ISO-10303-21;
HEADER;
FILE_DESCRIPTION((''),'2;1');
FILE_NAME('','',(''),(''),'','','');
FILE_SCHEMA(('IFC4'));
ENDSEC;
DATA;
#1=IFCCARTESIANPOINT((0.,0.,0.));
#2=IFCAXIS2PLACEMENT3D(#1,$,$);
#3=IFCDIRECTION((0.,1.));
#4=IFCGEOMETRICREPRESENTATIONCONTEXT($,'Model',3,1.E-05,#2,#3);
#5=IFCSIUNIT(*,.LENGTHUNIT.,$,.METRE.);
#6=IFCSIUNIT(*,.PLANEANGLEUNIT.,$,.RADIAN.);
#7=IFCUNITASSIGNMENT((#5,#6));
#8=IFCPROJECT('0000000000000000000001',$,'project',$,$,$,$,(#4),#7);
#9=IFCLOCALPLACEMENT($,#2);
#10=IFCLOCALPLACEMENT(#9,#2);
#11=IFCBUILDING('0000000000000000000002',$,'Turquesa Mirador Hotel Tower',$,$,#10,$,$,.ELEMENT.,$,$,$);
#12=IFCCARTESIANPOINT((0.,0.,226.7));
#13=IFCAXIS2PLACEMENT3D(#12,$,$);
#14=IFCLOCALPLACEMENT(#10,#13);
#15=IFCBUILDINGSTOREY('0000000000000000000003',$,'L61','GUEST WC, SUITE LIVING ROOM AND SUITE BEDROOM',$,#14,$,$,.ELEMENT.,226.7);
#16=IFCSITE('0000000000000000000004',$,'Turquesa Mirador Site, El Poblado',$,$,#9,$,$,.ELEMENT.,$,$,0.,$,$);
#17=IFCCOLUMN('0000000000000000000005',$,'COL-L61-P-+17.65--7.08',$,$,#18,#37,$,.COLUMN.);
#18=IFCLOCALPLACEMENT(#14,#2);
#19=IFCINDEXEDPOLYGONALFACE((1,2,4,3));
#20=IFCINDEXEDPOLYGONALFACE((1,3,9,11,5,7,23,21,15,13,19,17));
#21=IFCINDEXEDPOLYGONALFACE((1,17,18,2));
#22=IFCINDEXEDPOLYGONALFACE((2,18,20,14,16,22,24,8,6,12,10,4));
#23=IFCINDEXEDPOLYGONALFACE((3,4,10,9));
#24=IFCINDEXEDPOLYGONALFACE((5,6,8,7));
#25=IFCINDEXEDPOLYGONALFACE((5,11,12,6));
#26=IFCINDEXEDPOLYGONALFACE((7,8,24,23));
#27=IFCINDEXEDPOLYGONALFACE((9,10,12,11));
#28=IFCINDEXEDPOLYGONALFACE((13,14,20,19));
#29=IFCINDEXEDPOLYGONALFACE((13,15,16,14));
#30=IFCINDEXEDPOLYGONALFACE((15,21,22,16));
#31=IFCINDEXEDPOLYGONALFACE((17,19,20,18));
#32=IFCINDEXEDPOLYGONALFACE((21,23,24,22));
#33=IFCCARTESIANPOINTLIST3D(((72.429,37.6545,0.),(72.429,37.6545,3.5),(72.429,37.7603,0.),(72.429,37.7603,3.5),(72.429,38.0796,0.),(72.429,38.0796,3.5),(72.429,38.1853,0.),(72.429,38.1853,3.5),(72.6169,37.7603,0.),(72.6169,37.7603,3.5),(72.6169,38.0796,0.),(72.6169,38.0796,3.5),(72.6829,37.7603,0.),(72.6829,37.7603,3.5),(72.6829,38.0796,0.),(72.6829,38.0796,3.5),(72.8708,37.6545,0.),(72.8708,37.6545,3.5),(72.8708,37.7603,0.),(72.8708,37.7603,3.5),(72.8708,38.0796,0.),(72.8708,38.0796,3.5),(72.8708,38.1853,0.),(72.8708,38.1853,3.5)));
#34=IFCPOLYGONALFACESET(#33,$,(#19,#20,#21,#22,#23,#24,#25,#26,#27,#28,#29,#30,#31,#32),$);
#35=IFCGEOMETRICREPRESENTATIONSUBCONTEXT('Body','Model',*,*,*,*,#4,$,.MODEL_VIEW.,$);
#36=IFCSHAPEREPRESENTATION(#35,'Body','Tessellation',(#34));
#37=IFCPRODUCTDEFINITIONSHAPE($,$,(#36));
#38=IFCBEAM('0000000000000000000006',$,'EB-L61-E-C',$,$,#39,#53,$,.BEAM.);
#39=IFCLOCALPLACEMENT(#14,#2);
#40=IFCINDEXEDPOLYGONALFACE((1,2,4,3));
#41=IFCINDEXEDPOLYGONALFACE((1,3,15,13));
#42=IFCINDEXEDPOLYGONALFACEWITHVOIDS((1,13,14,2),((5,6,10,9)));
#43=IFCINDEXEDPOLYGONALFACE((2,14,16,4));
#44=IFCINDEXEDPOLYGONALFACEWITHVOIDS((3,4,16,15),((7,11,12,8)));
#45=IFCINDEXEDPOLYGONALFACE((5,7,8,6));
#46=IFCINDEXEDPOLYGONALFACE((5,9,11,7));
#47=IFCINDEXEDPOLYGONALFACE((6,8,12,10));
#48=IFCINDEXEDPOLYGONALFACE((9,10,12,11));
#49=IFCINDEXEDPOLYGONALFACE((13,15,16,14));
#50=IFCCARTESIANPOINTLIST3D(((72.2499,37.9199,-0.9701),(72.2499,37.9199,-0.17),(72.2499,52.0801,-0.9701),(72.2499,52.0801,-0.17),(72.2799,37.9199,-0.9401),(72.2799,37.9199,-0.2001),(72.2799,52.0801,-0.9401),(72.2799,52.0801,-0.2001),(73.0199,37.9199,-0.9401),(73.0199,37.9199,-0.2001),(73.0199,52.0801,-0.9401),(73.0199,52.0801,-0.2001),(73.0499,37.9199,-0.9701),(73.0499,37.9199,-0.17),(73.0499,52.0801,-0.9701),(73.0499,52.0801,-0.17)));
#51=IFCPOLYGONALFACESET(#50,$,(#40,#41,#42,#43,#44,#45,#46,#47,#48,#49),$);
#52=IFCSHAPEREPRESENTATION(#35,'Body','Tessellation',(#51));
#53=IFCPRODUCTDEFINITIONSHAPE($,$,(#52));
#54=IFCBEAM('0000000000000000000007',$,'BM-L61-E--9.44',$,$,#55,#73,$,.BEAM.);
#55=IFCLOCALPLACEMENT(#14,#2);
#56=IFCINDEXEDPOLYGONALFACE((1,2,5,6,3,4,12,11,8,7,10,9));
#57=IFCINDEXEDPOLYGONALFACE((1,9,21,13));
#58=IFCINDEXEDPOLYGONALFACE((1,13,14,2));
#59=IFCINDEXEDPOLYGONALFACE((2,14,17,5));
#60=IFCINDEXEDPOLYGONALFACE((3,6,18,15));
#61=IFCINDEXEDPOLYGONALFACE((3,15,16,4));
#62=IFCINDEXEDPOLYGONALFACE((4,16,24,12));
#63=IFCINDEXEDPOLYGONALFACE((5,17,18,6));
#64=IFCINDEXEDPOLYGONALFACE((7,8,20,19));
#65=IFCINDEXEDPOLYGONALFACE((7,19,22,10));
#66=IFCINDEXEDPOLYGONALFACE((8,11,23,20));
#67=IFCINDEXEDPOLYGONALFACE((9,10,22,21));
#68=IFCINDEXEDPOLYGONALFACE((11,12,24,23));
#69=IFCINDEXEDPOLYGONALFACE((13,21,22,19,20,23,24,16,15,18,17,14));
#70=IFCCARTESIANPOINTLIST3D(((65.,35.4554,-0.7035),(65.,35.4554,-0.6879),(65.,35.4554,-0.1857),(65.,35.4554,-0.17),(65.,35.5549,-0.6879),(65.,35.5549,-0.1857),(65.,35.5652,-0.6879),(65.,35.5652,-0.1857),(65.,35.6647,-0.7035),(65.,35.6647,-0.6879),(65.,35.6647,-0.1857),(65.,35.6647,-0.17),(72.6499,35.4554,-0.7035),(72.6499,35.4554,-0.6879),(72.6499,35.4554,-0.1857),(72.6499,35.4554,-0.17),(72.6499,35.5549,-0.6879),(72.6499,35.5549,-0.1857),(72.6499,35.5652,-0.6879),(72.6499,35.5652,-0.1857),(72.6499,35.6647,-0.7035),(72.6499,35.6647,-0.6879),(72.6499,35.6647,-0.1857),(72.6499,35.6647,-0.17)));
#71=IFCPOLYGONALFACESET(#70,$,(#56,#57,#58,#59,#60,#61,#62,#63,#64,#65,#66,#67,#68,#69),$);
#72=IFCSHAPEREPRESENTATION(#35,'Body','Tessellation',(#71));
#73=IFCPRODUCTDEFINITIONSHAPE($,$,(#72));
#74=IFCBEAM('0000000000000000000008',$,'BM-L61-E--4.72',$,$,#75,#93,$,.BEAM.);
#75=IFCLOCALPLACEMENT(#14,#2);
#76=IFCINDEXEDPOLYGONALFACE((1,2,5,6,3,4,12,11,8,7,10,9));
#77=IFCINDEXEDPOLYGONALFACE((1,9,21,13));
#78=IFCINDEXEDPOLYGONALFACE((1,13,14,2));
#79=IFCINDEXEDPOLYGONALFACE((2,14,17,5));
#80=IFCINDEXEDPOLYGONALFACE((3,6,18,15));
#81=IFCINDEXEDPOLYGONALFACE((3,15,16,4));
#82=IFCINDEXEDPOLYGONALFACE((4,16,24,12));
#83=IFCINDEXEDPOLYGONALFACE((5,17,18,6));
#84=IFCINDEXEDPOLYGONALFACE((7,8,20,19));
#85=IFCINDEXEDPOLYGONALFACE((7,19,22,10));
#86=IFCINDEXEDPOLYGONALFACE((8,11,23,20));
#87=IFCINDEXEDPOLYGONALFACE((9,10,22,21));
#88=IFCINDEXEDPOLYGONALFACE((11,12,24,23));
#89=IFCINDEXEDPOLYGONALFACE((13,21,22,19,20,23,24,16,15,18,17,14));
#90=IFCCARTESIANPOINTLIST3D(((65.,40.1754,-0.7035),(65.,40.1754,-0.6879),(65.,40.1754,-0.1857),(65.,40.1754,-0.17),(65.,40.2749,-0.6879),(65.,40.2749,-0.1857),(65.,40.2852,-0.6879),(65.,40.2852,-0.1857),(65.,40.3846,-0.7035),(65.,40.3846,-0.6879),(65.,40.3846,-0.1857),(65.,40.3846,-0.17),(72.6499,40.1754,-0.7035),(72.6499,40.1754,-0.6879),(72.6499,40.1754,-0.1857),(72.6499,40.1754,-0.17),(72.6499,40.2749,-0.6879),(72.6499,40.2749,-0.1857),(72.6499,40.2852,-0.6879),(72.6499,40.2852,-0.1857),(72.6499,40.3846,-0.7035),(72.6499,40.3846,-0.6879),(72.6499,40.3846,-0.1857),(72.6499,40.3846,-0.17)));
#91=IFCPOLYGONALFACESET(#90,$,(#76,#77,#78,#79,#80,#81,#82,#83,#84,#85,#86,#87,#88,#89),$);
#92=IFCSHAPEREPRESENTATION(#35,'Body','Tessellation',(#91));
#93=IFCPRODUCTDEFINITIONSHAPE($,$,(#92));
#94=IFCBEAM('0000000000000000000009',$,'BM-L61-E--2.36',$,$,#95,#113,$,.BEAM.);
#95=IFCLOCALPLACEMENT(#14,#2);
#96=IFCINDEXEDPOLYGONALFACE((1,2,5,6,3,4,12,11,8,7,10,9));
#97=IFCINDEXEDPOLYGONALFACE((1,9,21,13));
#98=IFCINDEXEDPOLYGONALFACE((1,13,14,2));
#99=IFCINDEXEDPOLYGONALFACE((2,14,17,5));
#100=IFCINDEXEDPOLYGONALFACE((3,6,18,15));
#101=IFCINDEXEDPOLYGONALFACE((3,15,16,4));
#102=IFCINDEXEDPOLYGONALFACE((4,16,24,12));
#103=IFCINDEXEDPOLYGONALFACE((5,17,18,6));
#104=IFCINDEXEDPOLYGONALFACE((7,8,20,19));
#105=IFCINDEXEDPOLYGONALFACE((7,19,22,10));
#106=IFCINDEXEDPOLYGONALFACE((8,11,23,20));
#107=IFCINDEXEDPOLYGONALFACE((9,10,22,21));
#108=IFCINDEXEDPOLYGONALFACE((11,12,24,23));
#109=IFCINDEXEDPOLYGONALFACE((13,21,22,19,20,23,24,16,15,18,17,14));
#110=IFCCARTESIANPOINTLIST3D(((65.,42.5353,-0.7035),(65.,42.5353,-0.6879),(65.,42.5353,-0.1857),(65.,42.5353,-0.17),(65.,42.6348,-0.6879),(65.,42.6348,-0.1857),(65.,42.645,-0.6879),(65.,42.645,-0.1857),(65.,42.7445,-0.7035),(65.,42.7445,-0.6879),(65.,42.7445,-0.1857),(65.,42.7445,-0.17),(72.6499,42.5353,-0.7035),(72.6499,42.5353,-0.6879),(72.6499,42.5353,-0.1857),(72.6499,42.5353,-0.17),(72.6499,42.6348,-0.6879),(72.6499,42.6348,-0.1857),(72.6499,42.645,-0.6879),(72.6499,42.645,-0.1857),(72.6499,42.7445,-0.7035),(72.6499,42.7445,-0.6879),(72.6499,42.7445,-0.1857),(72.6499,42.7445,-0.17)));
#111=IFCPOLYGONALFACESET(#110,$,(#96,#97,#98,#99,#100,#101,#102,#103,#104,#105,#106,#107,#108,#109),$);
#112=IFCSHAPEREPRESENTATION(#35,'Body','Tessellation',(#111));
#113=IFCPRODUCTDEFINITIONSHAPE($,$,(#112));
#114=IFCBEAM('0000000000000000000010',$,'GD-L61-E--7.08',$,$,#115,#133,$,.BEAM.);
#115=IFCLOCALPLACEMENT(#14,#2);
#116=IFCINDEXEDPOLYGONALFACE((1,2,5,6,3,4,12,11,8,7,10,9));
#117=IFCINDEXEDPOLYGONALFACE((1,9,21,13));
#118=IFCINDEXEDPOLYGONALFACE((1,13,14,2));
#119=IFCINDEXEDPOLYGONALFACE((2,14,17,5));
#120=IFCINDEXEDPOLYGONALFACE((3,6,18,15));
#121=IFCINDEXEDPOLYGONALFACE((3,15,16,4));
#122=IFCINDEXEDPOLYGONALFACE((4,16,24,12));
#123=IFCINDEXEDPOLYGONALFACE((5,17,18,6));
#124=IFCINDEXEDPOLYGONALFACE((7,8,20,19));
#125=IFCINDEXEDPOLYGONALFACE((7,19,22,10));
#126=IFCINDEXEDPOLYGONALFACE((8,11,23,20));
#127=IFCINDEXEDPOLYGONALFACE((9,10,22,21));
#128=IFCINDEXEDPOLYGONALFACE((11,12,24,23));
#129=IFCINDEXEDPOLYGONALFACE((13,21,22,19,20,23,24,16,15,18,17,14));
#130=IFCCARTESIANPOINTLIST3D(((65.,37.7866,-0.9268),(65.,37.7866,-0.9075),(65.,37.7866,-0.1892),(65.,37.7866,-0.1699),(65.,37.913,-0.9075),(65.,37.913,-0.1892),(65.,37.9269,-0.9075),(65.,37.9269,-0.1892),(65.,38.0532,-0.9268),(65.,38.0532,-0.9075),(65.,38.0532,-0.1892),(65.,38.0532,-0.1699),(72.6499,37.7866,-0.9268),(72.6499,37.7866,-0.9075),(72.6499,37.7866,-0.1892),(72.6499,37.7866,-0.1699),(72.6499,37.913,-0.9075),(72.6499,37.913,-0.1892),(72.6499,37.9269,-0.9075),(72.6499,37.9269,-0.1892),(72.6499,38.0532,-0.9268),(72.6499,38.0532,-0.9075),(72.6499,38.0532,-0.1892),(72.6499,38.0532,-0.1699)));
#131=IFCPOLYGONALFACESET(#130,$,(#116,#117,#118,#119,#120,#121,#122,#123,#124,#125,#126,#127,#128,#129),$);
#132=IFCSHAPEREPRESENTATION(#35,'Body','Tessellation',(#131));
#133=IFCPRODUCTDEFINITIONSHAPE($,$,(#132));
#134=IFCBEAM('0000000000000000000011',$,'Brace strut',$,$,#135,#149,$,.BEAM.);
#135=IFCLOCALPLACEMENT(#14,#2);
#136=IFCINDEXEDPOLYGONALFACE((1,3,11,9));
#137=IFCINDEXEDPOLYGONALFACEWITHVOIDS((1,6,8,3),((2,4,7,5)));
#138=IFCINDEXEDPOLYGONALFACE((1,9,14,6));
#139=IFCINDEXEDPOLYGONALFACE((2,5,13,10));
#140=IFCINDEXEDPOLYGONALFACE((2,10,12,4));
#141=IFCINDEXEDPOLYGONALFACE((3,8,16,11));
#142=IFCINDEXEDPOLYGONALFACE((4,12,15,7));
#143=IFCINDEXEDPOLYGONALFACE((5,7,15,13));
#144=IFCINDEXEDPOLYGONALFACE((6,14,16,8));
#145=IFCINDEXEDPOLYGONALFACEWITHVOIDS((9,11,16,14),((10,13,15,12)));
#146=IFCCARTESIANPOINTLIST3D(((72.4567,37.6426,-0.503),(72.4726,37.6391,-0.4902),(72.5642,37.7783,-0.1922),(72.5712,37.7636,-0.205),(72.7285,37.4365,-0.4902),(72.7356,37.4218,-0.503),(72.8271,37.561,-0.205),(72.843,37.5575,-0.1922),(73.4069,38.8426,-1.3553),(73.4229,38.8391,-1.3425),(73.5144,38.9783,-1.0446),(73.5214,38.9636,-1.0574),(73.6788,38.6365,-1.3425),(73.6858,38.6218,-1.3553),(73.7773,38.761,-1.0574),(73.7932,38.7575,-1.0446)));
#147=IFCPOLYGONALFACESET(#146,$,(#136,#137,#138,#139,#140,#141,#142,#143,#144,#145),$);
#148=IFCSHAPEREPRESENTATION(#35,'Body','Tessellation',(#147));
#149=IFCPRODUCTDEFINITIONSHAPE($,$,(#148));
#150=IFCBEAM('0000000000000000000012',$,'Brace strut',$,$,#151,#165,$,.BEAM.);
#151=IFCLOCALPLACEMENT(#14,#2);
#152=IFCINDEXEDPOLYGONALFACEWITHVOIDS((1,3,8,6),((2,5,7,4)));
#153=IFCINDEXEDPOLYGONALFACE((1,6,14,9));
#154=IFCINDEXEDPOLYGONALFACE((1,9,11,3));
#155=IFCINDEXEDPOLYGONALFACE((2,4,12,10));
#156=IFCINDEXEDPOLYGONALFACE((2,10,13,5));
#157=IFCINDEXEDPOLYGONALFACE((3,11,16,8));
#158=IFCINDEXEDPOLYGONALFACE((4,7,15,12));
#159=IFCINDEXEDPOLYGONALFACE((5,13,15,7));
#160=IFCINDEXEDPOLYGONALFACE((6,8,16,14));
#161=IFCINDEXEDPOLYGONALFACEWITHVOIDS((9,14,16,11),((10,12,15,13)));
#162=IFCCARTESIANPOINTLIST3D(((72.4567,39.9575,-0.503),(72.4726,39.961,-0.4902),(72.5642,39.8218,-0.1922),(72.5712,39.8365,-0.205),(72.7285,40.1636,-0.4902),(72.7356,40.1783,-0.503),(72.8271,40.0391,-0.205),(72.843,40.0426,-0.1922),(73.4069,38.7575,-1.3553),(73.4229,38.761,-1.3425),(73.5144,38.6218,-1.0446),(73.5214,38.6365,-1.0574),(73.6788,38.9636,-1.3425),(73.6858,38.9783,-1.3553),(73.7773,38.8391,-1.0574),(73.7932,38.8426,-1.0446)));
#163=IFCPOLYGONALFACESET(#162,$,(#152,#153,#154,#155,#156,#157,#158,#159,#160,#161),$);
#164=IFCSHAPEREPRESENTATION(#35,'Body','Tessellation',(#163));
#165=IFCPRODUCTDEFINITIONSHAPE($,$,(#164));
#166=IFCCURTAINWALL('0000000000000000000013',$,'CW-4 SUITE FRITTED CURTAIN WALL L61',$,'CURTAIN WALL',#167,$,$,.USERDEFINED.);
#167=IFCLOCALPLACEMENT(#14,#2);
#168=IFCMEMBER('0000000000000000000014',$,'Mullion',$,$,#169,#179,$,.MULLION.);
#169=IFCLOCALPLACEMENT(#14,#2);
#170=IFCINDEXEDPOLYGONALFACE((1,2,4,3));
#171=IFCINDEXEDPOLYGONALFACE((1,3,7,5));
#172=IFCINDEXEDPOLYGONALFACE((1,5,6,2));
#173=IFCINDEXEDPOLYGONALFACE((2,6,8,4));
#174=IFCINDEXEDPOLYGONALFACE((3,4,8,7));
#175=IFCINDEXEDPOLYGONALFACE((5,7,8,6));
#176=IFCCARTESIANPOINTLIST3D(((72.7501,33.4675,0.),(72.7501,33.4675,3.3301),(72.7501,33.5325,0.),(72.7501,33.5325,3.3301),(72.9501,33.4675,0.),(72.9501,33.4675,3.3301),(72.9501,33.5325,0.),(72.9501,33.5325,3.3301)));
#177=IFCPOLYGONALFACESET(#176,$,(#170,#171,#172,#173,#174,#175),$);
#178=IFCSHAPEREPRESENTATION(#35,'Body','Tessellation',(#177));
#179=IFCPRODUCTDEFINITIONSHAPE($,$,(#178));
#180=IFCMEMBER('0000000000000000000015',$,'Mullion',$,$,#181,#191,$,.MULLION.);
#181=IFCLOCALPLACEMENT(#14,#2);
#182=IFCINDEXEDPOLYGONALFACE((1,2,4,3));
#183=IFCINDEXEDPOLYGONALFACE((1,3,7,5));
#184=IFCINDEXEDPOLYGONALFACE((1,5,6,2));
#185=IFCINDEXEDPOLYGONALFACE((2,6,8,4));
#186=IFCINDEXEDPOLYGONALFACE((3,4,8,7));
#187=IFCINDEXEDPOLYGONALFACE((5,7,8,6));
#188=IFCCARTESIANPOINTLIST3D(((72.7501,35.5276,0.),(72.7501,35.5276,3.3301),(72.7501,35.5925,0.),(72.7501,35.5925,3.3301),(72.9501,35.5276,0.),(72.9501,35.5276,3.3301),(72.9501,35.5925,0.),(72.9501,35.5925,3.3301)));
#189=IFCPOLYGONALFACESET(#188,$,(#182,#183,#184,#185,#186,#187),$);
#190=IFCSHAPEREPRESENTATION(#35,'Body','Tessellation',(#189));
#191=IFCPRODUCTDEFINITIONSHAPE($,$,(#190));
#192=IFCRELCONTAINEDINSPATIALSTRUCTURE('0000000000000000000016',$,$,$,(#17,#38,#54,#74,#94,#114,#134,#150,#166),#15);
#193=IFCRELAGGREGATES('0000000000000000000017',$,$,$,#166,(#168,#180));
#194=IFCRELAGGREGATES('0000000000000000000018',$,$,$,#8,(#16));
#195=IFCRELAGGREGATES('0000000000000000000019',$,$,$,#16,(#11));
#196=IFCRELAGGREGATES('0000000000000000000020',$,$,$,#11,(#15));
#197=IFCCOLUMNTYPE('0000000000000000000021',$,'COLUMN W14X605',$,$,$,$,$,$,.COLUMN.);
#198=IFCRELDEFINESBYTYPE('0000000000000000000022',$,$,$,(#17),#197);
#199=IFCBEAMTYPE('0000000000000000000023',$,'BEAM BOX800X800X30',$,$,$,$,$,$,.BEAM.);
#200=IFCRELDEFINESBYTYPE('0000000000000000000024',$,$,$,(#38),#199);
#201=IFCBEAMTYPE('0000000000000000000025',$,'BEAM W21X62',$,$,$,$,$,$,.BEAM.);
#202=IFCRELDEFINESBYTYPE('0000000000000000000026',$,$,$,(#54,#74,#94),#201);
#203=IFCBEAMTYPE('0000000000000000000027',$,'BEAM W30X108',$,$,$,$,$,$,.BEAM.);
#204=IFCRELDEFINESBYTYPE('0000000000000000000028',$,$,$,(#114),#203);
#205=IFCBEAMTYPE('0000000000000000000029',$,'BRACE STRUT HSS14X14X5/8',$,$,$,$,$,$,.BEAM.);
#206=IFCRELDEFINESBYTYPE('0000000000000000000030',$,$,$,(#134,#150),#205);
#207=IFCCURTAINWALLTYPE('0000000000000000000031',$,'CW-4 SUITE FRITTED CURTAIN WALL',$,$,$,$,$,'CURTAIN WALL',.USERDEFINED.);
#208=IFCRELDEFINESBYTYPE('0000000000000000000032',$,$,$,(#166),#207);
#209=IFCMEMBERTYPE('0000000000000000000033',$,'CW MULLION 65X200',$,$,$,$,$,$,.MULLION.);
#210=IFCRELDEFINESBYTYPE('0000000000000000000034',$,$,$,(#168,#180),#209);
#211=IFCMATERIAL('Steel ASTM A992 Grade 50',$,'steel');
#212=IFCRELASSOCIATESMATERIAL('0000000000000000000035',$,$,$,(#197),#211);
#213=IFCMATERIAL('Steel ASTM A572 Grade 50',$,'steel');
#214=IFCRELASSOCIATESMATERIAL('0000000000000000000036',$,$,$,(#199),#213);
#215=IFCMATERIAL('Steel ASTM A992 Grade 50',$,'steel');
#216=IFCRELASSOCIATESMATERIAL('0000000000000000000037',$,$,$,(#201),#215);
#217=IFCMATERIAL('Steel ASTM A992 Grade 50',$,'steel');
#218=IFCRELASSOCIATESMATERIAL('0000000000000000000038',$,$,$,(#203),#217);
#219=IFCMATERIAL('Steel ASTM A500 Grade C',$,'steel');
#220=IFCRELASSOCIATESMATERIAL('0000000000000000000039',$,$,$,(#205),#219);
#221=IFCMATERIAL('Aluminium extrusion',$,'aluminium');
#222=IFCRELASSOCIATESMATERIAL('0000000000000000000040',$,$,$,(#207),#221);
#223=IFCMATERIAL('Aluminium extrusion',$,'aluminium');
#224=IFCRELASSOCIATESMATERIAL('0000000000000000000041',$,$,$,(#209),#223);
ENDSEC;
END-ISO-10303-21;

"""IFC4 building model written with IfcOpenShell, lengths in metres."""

from ifc_helpers import new_model, si_unit, direction, frame, origin, origin_2d, place, context, subcontext, project, spatial, rectangle, hollow_rectangle, i_section, extrude, material, material_profile, profile_set, type_object, element, aggregate, save


model = new_model("IFC4")

# Units and contexts
model_context = context("Model", 3, precision=1e-05, world=origin(), true_north=direction((0.0, 1.0)))
body_context = subcontext(model_context, "Body", "Model", "MODEL_VIEW")
ifc_project = project(units=[si_unit("LENGTHUNIT", "METRE"), si_unit("PLANEANGLEUNIT", "RADIAN")], contexts=[model_context])

# Site, building, storey
site_placement = place(None, origin())
site = spatial("IfcSite", under=ifc_project, at=site_placement, Name="Turquesa Mirador Site, El Poblado", CompositionType="ELEMENT", RefElevation=0.0)
building_placement = place(site_placement, origin())
building = spatial("IfcBuilding", under=site, at=building_placement, Name="Turquesa Mirador Hotel Tower", CompositionType="ELEMENT")
storey_placement = place(building_placement, frame((0.0, 0.0, 226.7)))
storey = spatial("IfcBuildingStorey", under=building, at=storey_placement, Name="L61", Description="GUEST WC, SUITE LIVING ROOM AND SUITE BEDROOM", CompositionType="ELEMENT", Elevation=226.7)

# Column
ifc_material_1 = material(Name="Steel ASTM A992 Grade 50", Category="steel")
ifc_material_profile_1 = material_profile(ifc_material_1, i_section(OverallWidth=0.4419, OverallDepth=0.5308, WebThickness=0.0659, FlangeThickness=0.1057, at=origin_2d()), Name="W14X605")
ifc_profile_set_1 = profile_set([ifc_material_profile_1], Name="Steel ASTM A992 Grade 50")
column_type = type_object("IfcColumnType", Name="COLUMN W14X605", PredefinedType="COLUMN", material=ifc_profile_set_1)
column_placement = place(storey_placement, frame((72.6499, 37.9199, 0.0), z_axis=(0.0, 0.0, 1.0), x_axis=(1.0, 0.0, 0.0)))
element("IfcColumn", 1, at=column_placement, inside=storey, type_object=column_type, Name="COL-L61-P-+17.65--7.08", PredefinedType="COLUMN", context=body_context, shape_type="SweptSolid", body=[
    extrude(i_section(OverallWidth=0.4419, OverallDepth=0.5308, WebThickness=0.0659, FlangeThickness=0.1057, at=origin_2d()), origin(), (0.0, 0.0, 1.0), 3.5),
])

# Beams
ifc_material_2 = material(Name="Steel ASTM A572 Grade 50", Category="steel")
ifc_material_profile_2 = material_profile(ifc_material_2, hollow_rectangle(XDim=0.8, YDim=0.8, WallThickness=0.03, at=origin_2d()), Name="BOX800X800X30")
ifc_profile_set_2 = profile_set([ifc_material_profile_2], Name="Steel ASTM A572 Grade 50")
beam_type_1 = type_object("IfcBeamType", Name="BEAM BOX800X800X30", PredefinedType="BEAM", material=ifc_profile_set_2)
beam_1_placement = place(storey_placement, frame((72.6499, 37.9199, -0.5701), z_axis=(0.0, 1.0, 0.0), x_axis=(-1.0, 0.0, 0.0)))
element("IfcBeam", 2, at=beam_1_placement, inside=storey, type_object=beam_type_1, Name="EB-L61-E-C", PredefinedType="BEAM", context=body_context, shape_type="SweptSolid", body=[
    extrude(hollow_rectangle(XDim=0.8, YDim=0.8, WallThickness=0.03, at=origin_2d()), origin(), (0.0, 0.0, 1.0), 14.1602),
])
ifc_material_3 = material(Name="Steel ASTM A992 Grade 50", Category="steel")
ifc_material_profile_3 = material_profile(ifc_material_3, i_section(OverallWidth=0.2092, OverallDepth=0.5334, WebThickness=0.0103, FlangeThickness=0.0156, at=origin_2d()), Name="W21X62")
ifc_profile_set_3 = profile_set([ifc_material_profile_3], Name="Steel ASTM A992 Grade 50")
beam_type_2 = type_object("IfcBeamType", Name="BEAM W21X62", PredefinedType="BEAM", material=ifc_profile_set_3)
for number, where, z_axis, x_axis, name in (
    (3, (72.6499, 35.5601, -0.4368), (-1.0, 0.0, 0.0), (0.0, -1.0, 0.0), "BM-L61-E--9.44"),
    (4, (72.6499, 40.28, -0.4368), (-1.0, 0.0, 0.0), (0.0, -1.0, 0.0), "BM-L61-E--4.72"),
    (5, (72.6499, 42.6399, -0.4368), (-1.0, 0.0, 0.0), (0.0, -1.0, 0.0), "BM-L61-E--2.36"),
):
    element("IfcBeam", number, at=place(storey_placement, frame(where, z_axis=z_axis, x_axis=x_axis)), inside=storey, type_object=beam_type_2, Name=name, PredefinedType="BEAM", context=body_context, shape_type="SweptSolid", body=[
        extrude(i_section(OverallWidth=0.2092, OverallDepth=0.5334, WebThickness=0.0103, FlangeThickness=0.0156, at=origin_2d()), origin(), (0.0, 0.0, 1.0), 7.6499),
    ])
ifc_material_4 = material(Name="Steel ASTM A992 Grade 50", Category="steel")
ifc_material_profile_4 = material_profile(ifc_material_4, i_section(OverallWidth=0.2666, OverallDepth=0.7568, WebThickness=0.0139, FlangeThickness=0.0193, at=origin_2d()), Name="W30X108")
ifc_profile_set_4 = profile_set([ifc_material_profile_4], Name="Steel ASTM A992 Grade 50")
beam_type_3 = type_object("IfcBeamType", Name="BEAM W30X108", PredefinedType="BEAM", material=ifc_profile_set_4)
beam_2_placement = place(storey_placement, frame((72.6499, 37.9199, -0.5483), z_axis=(-1.0, 0.0, 0.0), x_axis=(0.0, -1.0, 0.0)))
element("IfcBeam", 6, at=beam_2_placement, inside=storey, type_object=beam_type_3, Name="GD-L61-E--7.08", PredefinedType="BEAM", context=body_context, shape_type="SweptSolid", body=[
    extrude(i_section(OverallWidth=0.2666, OverallDepth=0.7568, WebThickness=0.0139, FlangeThickness=0.0193, at=origin_2d()), origin(), (0.0, 0.0, 1.0), 7.6499),
])
ifc_material_5 = material(Name="Steel ASTM A500 Grade C", Category="steel")
ifc_material_profile_5 = material_profile(ifc_material_5, hollow_rectangle(XDim=0.3557, YDim=0.3557, WallThickness=0.0146, at=origin_2d()), Name="HSS14X14X5/8")
ifc_profile_set_5 = profile_set([ifc_material_profile_5], Name="Steel ASTM A500 Grade C")
beam_type_4 = type_object("IfcBeamType", Name="BRACE STRUT HSS14X14X5/8", PredefinedType="BEAM", material=ifc_profile_set_5)
for number, where, z_axis, x_axis, name in (
    (7, (73.6001, 38.8, -1.2), (-0.542379, -0.684942, 0.486497), (0.783971, -0.620797, 0.0), "Brace strut"),
    (8, (73.6001, 38.8, -1.2), (-0.542379, 0.684942, 0.486497), (-0.783971, -0.620797, 0.0), "Brace strut"),
):
    element("IfcBeam", number, at=place(storey_placement, frame(where, z_axis=z_axis, x_axis=x_axis)), inside=storey, type_object=beam_type_4, Name=name, PredefinedType="BEAM", context=body_context, shape_type="SweptSolid", body=[
        extrude(hollow_rectangle(XDim=0.3557, YDim=0.3557, WallThickness=0.0146, at=origin_2d()), origin(), (0.0, 0.0, 1.0), 1.752),
    ])

# Curtain wall, members
ifc_material_6 = material(Name="Aluminium extrusion", Category="aluminium")
curtain_wall_type = type_object("IfcCurtainWallType", Name="CW-4 SUITE FRITTED CURTAIN WALL", ElementType="CURTAIN WALL", PredefinedType="USERDEFINED", material=ifc_material_6)
curtain_wall_1_placement = place(storey_placement, origin())
curtain_wall_1 = element("IfcCurtainWall", 9, at=curtain_wall_1_placement, inside=storey, type_object=curtain_wall_type, Name="CW-4 SUITE FRITTED CURTAIN WALL L61", ObjectType="CURTAIN WALL", PredefinedType="USERDEFINED")
ifc_material_7 = material(Name="Aluminium extrusion", Category="aluminium")
ifc_material_profile_6 = material_profile(ifc_material_7, rectangle(XDim=0.0649, YDim=0.2, at=origin_2d()), Name="MULLION 65X200")
ifc_profile_set_6 = profile_set([ifc_material_profile_6], Name="Aluminium extrusion")
member_type_1 = type_object("IfcMemberType", Name="CW MULLION 65X200", PredefinedType="MULLION", material=ifc_profile_set_6)
member_1_placement = place(storey_placement, frame((72.8501, 33.5, 0.0), z_axis=(0.0, 0.0, 1.0), x_axis=(0.0, 1.0, 0.0)))
member_1 = element("IfcMember", 10, at=member_1_placement, type_object=member_type_1, Name="Mullion", PredefinedType="MULLION", context=body_context, shape_type="SweptSolid", body=[
    extrude(rectangle(XDim=0.0649, YDim=0.2, at=origin_2d()), origin(), (0.0, 0.0, 1.0), 3.3301),
])
member_2_placement = place(storey_placement, frame((72.8501, 35.5601, 0.0), z_axis=(0.0, 0.0, 1.0), x_axis=(0.0, 1.0, 0.0)))
member_2 = element("IfcMember", 11, at=member_2_placement, type_object=member_type_1, Name="Mullion", PredefinedType="MULLION", context=body_context, shape_type="SweptSolid", body=[
    extrude(rectangle(XDim=0.0649, YDim=0.2, at=origin_2d()), origin(), (0.0, 0.0, 1.0), 3.3301),
])

aggregate(curtain_wall_1, [member_1, member_2])

save(model, "model.ifc")
